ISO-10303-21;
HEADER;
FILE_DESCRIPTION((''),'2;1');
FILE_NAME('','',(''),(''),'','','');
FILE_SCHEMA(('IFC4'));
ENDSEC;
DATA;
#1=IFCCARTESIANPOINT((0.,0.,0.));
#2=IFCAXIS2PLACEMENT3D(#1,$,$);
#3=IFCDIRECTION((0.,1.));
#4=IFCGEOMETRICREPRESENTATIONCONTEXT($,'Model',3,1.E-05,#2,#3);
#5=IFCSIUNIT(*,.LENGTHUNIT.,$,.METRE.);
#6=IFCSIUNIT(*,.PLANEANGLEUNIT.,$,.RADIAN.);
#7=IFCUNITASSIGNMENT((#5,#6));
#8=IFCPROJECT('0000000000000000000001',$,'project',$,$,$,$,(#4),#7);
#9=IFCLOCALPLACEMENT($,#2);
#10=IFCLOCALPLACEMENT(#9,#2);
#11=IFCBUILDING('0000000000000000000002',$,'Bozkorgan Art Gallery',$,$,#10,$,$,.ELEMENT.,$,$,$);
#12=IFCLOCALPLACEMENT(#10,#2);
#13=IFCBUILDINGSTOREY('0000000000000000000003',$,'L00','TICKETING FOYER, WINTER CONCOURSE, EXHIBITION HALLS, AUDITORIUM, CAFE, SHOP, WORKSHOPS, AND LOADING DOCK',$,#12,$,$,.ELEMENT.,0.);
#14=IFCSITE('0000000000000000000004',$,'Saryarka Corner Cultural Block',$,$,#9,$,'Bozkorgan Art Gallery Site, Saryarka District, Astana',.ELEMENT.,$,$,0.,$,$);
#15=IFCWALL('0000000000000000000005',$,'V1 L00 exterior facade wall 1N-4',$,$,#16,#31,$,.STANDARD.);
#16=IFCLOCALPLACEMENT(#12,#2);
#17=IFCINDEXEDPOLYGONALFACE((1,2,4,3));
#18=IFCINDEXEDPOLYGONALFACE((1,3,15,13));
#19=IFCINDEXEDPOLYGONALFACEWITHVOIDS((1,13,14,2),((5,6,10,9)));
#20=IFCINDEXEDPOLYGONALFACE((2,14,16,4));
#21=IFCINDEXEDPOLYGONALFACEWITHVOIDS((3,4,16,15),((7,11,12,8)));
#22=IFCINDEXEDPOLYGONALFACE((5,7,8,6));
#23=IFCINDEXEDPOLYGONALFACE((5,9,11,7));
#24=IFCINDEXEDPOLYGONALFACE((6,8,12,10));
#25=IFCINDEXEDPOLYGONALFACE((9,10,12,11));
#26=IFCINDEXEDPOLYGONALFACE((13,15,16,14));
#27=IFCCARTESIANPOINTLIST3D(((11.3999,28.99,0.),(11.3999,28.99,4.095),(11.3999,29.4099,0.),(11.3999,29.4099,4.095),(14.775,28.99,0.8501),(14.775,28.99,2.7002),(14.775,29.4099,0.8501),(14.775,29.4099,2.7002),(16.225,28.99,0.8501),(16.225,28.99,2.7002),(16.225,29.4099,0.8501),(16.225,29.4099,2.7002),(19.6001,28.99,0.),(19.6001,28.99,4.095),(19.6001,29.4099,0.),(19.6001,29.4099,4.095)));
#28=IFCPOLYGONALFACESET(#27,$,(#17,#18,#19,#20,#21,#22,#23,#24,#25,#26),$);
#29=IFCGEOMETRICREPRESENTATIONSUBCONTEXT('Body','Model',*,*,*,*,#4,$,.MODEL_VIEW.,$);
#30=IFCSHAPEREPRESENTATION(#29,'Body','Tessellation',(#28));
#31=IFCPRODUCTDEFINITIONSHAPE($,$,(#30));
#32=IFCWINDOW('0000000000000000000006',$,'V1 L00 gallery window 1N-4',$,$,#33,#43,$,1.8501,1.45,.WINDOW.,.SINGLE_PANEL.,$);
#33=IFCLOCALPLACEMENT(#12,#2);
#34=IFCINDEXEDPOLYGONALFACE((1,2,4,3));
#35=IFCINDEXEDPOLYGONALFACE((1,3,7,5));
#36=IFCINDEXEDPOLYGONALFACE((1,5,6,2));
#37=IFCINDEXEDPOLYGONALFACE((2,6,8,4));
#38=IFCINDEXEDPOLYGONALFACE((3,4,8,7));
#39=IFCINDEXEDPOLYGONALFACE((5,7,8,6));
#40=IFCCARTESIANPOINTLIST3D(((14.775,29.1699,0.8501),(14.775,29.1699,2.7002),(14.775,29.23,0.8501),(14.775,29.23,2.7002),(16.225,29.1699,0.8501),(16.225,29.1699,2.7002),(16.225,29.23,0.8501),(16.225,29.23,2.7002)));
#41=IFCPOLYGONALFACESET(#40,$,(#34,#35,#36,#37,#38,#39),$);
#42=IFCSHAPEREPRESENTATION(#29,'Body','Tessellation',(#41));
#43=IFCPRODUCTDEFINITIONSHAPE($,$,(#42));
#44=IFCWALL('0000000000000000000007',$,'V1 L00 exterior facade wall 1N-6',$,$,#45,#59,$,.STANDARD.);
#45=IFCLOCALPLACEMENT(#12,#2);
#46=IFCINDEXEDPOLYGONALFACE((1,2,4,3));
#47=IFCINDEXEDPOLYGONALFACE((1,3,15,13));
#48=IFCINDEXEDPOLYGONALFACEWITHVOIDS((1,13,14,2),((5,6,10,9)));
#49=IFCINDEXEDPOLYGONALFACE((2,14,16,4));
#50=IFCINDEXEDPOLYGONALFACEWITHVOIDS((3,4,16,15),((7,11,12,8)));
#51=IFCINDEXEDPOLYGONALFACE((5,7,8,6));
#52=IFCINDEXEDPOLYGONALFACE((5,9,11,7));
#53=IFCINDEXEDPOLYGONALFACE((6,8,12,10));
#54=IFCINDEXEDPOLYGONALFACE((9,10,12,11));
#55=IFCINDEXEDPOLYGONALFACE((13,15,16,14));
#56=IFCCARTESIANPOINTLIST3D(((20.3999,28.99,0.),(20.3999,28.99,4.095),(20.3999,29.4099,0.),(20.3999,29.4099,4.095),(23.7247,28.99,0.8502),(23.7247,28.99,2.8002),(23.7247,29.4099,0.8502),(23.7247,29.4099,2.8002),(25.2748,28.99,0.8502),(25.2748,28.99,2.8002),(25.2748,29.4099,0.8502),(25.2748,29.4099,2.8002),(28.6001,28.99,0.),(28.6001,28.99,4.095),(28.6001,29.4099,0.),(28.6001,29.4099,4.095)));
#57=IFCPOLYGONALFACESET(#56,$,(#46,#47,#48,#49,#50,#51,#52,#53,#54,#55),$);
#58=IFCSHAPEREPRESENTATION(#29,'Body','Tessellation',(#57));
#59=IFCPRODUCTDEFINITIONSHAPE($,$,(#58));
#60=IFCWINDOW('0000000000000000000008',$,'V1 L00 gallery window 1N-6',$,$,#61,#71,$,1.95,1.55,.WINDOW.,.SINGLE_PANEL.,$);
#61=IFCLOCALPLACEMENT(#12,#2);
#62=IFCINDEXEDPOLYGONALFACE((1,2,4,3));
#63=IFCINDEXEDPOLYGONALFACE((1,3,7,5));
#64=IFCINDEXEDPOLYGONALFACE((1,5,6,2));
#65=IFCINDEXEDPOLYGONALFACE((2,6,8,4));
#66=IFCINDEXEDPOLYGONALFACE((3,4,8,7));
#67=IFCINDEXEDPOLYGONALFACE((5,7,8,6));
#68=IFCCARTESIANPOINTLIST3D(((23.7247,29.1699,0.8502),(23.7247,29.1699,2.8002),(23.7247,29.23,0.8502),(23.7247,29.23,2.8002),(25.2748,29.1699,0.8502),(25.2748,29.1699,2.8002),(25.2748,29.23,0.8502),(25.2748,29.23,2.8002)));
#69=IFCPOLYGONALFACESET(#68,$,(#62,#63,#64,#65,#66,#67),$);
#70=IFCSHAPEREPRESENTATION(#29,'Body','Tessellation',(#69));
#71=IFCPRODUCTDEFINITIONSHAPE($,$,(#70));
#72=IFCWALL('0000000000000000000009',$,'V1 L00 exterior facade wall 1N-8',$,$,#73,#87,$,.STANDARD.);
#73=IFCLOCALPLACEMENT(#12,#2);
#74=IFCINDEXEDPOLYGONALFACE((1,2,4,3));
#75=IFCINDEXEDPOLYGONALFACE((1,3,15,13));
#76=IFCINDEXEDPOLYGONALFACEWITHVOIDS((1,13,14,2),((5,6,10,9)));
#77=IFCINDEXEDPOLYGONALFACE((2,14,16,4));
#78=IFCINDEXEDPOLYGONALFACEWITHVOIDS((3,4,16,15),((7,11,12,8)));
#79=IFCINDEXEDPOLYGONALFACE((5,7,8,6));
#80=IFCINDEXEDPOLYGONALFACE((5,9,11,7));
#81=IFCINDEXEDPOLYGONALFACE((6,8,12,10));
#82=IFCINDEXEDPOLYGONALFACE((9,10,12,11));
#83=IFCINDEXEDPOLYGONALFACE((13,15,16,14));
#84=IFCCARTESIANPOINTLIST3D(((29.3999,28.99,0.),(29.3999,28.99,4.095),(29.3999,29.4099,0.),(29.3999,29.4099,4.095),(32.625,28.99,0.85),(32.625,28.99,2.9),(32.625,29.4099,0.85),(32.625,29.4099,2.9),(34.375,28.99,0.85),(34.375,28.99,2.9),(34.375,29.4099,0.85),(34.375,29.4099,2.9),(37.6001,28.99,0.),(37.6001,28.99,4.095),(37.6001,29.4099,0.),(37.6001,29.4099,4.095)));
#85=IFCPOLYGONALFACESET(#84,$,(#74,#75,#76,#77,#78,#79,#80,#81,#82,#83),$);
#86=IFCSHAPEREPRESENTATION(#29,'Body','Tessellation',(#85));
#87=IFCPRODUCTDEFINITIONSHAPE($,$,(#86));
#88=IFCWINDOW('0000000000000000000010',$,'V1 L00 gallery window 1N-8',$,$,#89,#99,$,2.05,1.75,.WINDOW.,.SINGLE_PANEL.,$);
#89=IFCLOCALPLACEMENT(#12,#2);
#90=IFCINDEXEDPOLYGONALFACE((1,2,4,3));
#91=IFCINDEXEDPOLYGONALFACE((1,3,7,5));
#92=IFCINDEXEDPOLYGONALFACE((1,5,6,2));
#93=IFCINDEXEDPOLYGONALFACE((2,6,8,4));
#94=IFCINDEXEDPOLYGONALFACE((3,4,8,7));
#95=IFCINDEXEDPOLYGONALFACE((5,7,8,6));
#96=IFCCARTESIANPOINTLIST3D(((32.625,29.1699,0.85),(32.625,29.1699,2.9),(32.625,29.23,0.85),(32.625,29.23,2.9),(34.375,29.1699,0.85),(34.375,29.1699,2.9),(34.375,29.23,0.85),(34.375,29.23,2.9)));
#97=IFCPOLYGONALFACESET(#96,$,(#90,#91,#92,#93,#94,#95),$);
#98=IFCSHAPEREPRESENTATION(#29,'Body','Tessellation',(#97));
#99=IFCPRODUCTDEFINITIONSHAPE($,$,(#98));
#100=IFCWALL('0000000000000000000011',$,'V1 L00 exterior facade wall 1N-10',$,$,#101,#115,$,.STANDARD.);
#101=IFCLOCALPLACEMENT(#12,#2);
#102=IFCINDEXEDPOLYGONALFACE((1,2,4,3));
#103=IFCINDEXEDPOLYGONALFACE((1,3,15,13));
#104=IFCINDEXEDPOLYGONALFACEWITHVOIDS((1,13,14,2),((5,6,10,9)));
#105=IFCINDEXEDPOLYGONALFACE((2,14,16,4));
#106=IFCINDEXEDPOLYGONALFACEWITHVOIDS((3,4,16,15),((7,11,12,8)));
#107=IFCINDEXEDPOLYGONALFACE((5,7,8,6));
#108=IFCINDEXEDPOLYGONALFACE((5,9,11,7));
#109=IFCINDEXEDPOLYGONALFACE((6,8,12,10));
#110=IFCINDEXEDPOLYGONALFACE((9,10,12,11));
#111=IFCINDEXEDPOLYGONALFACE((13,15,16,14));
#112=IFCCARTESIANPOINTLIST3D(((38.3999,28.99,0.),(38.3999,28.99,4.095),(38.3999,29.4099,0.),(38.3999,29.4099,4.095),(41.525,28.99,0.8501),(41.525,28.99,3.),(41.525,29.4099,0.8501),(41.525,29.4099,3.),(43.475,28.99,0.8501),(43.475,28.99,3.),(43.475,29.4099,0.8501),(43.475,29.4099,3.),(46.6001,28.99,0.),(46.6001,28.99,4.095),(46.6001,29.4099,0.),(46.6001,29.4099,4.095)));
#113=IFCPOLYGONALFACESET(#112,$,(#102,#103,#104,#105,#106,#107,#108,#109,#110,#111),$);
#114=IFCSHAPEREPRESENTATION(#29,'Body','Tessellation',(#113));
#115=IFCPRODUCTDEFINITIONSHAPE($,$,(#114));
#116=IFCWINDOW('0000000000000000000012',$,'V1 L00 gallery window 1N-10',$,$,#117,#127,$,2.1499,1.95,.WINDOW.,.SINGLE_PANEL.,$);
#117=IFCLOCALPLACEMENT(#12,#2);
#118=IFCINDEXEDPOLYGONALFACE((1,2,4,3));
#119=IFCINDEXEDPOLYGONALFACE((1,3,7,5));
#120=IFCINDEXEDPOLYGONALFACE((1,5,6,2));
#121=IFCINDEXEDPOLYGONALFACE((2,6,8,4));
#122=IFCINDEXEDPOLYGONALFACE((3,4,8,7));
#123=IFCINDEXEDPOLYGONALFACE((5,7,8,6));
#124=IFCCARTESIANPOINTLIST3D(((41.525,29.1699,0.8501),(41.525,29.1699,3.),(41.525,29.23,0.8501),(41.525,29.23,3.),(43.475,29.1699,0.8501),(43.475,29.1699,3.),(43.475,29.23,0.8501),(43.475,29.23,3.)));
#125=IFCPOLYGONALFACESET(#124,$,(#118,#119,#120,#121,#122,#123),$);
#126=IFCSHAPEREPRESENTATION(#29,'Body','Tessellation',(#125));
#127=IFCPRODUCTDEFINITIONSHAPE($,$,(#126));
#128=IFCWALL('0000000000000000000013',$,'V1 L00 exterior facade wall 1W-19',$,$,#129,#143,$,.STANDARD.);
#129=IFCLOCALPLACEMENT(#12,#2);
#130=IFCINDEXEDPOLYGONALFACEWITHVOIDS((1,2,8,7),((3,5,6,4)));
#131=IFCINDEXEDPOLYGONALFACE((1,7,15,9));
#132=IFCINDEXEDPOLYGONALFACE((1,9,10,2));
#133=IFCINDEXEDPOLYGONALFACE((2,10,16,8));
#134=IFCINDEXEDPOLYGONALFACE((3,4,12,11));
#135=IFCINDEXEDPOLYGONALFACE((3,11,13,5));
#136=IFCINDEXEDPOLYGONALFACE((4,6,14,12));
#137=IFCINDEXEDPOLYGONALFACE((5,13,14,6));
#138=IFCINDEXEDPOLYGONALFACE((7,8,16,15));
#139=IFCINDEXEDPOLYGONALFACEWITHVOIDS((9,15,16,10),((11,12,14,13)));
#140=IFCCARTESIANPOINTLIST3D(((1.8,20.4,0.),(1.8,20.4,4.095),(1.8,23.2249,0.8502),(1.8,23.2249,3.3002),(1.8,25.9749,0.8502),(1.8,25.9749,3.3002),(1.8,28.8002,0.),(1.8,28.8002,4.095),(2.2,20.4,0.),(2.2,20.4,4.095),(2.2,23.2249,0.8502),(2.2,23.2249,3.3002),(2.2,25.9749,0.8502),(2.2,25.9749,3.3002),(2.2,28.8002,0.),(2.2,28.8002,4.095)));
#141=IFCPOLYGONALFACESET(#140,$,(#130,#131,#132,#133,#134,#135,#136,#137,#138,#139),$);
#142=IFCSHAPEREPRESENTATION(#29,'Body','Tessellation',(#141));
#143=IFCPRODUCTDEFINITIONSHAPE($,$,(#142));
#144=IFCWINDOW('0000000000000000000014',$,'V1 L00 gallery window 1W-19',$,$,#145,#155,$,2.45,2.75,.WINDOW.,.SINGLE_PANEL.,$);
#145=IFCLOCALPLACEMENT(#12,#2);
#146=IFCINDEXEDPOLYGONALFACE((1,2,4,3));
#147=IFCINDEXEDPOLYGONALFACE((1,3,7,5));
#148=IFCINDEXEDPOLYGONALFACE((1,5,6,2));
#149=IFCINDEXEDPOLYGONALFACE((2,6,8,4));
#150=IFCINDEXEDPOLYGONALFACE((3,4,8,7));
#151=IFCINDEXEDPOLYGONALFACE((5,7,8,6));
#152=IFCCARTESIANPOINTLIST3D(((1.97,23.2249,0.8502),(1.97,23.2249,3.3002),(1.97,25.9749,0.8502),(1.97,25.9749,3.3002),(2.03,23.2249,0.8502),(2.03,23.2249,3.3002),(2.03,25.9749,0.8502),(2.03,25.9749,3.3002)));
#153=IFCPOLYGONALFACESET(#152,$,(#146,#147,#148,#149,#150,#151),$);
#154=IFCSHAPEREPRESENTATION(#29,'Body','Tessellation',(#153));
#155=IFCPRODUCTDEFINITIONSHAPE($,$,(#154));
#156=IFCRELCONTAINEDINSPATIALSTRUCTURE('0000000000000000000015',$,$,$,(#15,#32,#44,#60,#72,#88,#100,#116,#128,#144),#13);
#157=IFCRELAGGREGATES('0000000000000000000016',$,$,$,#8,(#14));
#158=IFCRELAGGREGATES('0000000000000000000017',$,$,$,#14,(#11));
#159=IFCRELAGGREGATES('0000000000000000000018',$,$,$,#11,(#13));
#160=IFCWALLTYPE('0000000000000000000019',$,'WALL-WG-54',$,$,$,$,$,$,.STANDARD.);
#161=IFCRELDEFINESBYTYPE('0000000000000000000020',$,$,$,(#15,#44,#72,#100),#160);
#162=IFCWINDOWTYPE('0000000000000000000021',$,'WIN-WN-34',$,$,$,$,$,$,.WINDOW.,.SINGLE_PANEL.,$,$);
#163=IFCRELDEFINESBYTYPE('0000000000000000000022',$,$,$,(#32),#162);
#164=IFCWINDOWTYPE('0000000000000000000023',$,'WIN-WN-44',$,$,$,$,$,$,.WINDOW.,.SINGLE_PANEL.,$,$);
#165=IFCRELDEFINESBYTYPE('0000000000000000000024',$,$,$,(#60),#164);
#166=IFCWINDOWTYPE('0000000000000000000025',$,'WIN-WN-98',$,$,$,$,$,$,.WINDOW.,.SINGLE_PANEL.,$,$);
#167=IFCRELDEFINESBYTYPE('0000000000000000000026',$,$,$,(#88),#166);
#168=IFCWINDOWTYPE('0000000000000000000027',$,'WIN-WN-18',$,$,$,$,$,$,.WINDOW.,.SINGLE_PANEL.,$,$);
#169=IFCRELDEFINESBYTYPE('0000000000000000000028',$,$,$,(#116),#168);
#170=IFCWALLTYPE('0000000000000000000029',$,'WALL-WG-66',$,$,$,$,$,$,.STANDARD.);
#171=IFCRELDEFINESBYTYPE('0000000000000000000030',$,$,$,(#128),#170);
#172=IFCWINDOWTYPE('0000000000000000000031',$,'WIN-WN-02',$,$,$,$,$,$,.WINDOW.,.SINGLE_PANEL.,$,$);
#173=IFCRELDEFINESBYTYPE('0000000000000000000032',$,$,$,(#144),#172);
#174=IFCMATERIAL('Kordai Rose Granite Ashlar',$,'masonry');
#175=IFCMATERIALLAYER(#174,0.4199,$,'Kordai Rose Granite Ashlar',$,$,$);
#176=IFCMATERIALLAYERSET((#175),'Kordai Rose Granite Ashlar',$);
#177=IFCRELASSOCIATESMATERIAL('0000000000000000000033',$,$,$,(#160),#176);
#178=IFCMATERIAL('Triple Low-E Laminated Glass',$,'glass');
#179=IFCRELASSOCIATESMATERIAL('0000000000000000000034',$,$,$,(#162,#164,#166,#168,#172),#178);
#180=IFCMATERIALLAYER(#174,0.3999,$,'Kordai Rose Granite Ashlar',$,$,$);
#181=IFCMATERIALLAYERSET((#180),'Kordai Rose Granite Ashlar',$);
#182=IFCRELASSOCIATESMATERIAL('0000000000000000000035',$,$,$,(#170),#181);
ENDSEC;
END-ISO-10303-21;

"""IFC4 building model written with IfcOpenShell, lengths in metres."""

from ifc_helpers import new_model, si_unit, direction, frame, frame_2d, origin, place, context, subcontext, project, spatial, rectangle, extrude, material, layer, layer_set, type_object, element, fill, save


model = new_model("IFC4")

# Units and contexts
model_context = context("Model", 3, precision=1e-05, world=origin(), true_north=direction((0.0, 1.0)))
body_context = subcontext(model_context, "Body", "Model", "MODEL_VIEW")
ifc_project = project(units=[si_unit("LENGTHUNIT", "METRE"), si_unit("PLANEANGLEUNIT", "RADIAN")], contexts=[model_context])

# Site, building, storey
site_placement = place(None, origin())
site = spatial("IfcSite", under=ifc_project, at=site_placement, Name="Saryarka Corner Cultural Block", LongName="Bozkorgan Art Gallery Site, Saryarka District, Astana", CompositionType="ELEMENT", RefElevation=0.0)
building_placement = place(site_placement, origin())
building = spatial("IfcBuilding", under=site, at=building_placement, Name="Bozkorgan Art Gallery", CompositionType="ELEMENT")
storey_placement = place(building_placement, origin())
storey = spatial("IfcBuildingStorey", under=building, at=storey_placement, Name="L00", Description="TICKETING FOYER, WINTER CONCOURSE, EXHIBITION HALLS, AUDITORIUM, CAFE, SHOP, WORKSHOPS, AND LOADING DOCK", CompositionType="ELEMENT", Elevation=0.0)

# Walls, openings, windows
ifc_material_1 = material(Name="Kordai Rose Granite Ashlar", Category="masonry")
ifc_layer_1 = layer(ifc_material_1, 0.4199, Name="Kordai Rose Granite Ashlar")
ifc_layer_set_1 = layer_set([ifc_layer_1], Name="Kordai Rose Granite Ashlar")
wall_type_1 = type_object("IfcWallType", Name="WALL-WG-54", PredefinedType="STANDARD", material=ifc_layer_set_1)
ifc_material_2 = material(Name="Triple Low-E Laminated Glass", Category="glass")
wall_1_placement = place(storey_placement, frame((11.3999, 29.2, 0.0), z_axis=(0.0, 0.0, 1.0), x_axis=(1.0, 0.0, 0.0)))
wall_1 = element("IfcWall", 1, at=wall_1_placement, inside=storey, type_object=wall_type_1, Name="V1 L00 exterior facade wall 1N-4", PredefinedType="STANDARD", context=body_context, shape_type="SweptSolid", body=[
    extrude(rectangle(XDim=8.2002, YDim=0.4199, at=frame_2d((4.1001, 0.0))), origin(), (0.0, 0.0, 1.0), 4.095),
])
opening_1_placement = place(wall_1_placement, frame((3.375, 0.0, 0.8501)))
opening_1 = element("IfcOpeningElement", 2, at=opening_1_placement, cuts=wall_1, PredefinedType="OPENING", context=body_context, shape_type="SweptSolid", body=[
    extrude(rectangle(XDim=1.45, YDim=1.8501, at=frame_2d((0.7251, 0.925))), frame((0.0, 0.22, 0.0), z_axis=(0.0, -1.0, 0.0), x_axis=(1.0, 0.0, 0.0)), (0.0, 0.0, 1.0), 0.4399),
])
window_type_1 = type_object("IfcWindowType", Name="WIN-WN-34", PartitioningType="SINGLE_PANEL", PredefinedType="WINDOW", material=ifc_material_2)
window_1_placement = place(opening_1_placement, origin())
window_1 = element("IfcWindow", 3, at=window_1_placement, inside=storey, type_object=window_type_1, Name="V1 L00 gallery window 1N-4", OverallHeight=1.8501, OverallWidth=1.45, PartitioningType="SINGLE_PANEL", PredefinedType="WINDOW", context=body_context, shape_type="SweptSolid", body=[
    extrude(rectangle(XDim=1.45, YDim=1.8501, at=frame_2d((0.7251, 0.925))), frame((0.0, 0.03, 0.0), z_axis=(0.0, -1.0, 0.0), x_axis=(1.0, 0.0, 0.0)), (0.0, 0.0, 1.0), 0.0601),
])
fill(opening_1, window_1)
wall_2_placement = place(storey_placement, frame((20.3999, 29.2, 0.0), z_axis=(0.0, 0.0, 1.0), x_axis=(1.0, 0.0, 0.0)))
wall_2 = element("IfcWall", 4, at=wall_2_placement, inside=storey, type_object=wall_type_1, Name="V1 L00 exterior facade wall 1N-6", PredefinedType="STANDARD", context=body_context, shape_type="SweptSolid", body=[
    extrude(rectangle(XDim=8.2002, YDim=0.4199, at=frame_2d((4.1001, 0.0))), origin(), (0.0, 0.0, 1.0), 4.095),
])
opening_2_placement = place(wall_2_placement, frame((3.325, 0.0, 0.8501)))
opening_2 = element("IfcOpeningElement", 5, at=opening_2_placement, cuts=wall_2, PredefinedType="OPENING", context=body_context, shape_type="SweptSolid", body=[
    extrude(rectangle(XDim=1.55, YDim=1.95, at=frame_2d((0.7749, 0.9751))), frame((0.0, 0.22, 0.0), z_axis=(0.0, -1.0, 0.0), x_axis=(1.0, 0.0, 0.0)), (0.0, 0.0, 1.0), 0.4399),
])
window_type_2 = type_object("IfcWindowType", Name="WIN-WN-44", PartitioningType="SINGLE_PANEL", PredefinedType="WINDOW", material=ifc_material_2)
window_2_placement = place(opening_2_placement, origin())
window_2 = element("IfcWindow", 6, at=window_2_placement, inside=storey, type_object=window_type_2, Name="V1 L00 gallery window 1N-6", OverallHeight=1.95, OverallWidth=1.55, PartitioningType="SINGLE_PANEL", PredefinedType="WINDOW", context=body_context, shape_type="SweptSolid", body=[
    extrude(rectangle(XDim=1.55, YDim=1.95, at=frame_2d((0.7749, 0.9751))), frame((0.0, 0.03, 0.0), z_axis=(0.0, -1.0, 0.0), x_axis=(1.0, 0.0, 0.0)), (0.0, 0.0, 1.0), 0.0601),
])
fill(opening_2, window_2)
wall_3_placement = place(storey_placement, frame((29.3999, 29.2, 0.0), z_axis=(0.0, 0.0, 1.0), x_axis=(1.0, 0.0, 0.0)))
wall_3 = element("IfcWall", 7, at=wall_3_placement, inside=storey, type_object=wall_type_1, Name="V1 L00 exterior facade wall 1N-8", PredefinedType="STANDARD", context=body_context, shape_type="SweptSolid", body=[
    extrude(rectangle(XDim=8.2002, YDim=0.4199, at=frame_2d((4.1001, 0.0))), origin(), (0.0, 0.0, 1.0), 4.095),
])
opening_3_placement = place(wall_3_placement, frame((3.2251, 0.0, 0.8501)))
opening_3 = element("IfcOpeningElement", 8, at=opening_3_placement, cuts=wall_3, PredefinedType="OPENING", context=body_context, shape_type="SweptSolid", body=[
    extrude(rectangle(XDim=1.75, YDim=2.05, at=frame_2d((0.875, 1.0249))), frame((0.0, 0.22, 0.0), z_axis=(0.0, -1.0, 0.0), x_axis=(1.0, 0.0, 0.0)), (0.0, 0.0, 1.0), 0.4399),
])
window_type_3 = type_object("IfcWindowType", Name="WIN-WN-98", PartitioningType="SINGLE_PANEL", PredefinedType="WINDOW", material=ifc_material_2)
window_3_placement = place(opening_3_placement, origin())
window_3 = element("IfcWindow", 9, at=window_3_placement, inside=storey, type_object=window_type_3, Name="V1 L00 gallery window 1N-8", OverallHeight=2.05, OverallWidth=1.75, PartitioningType="SINGLE_PANEL", PredefinedType="WINDOW", context=body_context, shape_type="SweptSolid", body=[
    extrude(rectangle(XDim=1.75, YDim=2.05, at=frame_2d((0.875, 1.0249))), frame((0.0, 0.03, 0.0), z_axis=(0.0, -1.0, 0.0), x_axis=(1.0, 0.0, 0.0)), (0.0, 0.0, 1.0), 0.0601),
])
fill(opening_3, window_3)
wall_4_placement = place(storey_placement, frame((38.3999, 29.2, 0.0), z_axis=(0.0, 0.0, 1.0), x_axis=(1.0, 0.0, 0.0)))
wall_4 = element("IfcWall", 10, at=wall_4_placement, inside=storey, type_object=wall_type_1, Name="V1 L00 exterior facade wall 1N-10", PredefinedType="STANDARD", context=body_context, shape_type="SweptSolid", body=[
    extrude(rectangle(XDim=8.2002, YDim=0.4199, at=frame_2d((4.1001, 0.0))), origin(), (0.0, 0.0, 1.0), 4.095),
])
opening_4_placement = place(wall_4_placement, frame((3.125, 0.0, 0.8501)))
opening_4 = element("IfcOpeningElement", 11, at=opening_4_placement, cuts=wall_4, PredefinedType="OPENING", context=body_context, shape_type="SweptSolid", body=[
    extrude(rectangle(XDim=1.95, YDim=2.1499, at=frame_2d((0.9751, 1.075))), frame((0.0, 0.22, 0.0), z_axis=(0.0, -1.0, 0.0), x_axis=(1.0, 0.0, 0.0)), (0.0, 0.0, 1.0), 0.4399),
])
window_type_4 = type_object("IfcWindowType", Name="WIN-WN-18", PartitioningType="SINGLE_PANEL", PredefinedType="WINDOW", material=ifc_material_2)
window_4_placement = place(opening_4_placement, origin())
window_4 = element("IfcWindow", 12, at=window_4_placement, inside=storey, type_object=window_type_4, Name="V1 L00 gallery window 1N-10", OverallHeight=2.1499, OverallWidth=1.95, PartitioningType="SINGLE_PANEL", PredefinedType="WINDOW", context=body_context, shape_type="SweptSolid", body=[
    extrude(rectangle(XDim=1.95, YDim=2.1499, at=frame_2d((0.9751, 1.075))), frame((0.0, 0.03, 0.0), z_axis=(0.0, -1.0, 0.0), x_axis=(1.0, 0.0, 0.0)), (0.0, 0.0, 1.0), 0.0601),
])
fill(opening_4, window_4)
ifc_layer_2 = layer(ifc_material_1, 0.3999, Name="Kordai Rose Granite Ashlar")
ifc_layer_set_2 = layer_set([ifc_layer_2], Name="Kordai Rose Granite Ashlar")
wall_type_2 = type_object("IfcWallType", Name="WALL-WG-66", PredefinedType="STANDARD", material=ifc_layer_set_2)
wall_5_placement = place(storey_placement, frame((2.0, 20.3999, 0.0), z_axis=(0.0, 0.0, 1.0), x_axis=(0.0, 1.0, 0.0)))
wall_5 = element("IfcWall", 13, at=wall_5_placement, inside=storey, type_object=wall_type_2, Name="V1 L00 exterior facade wall 1W-19", PredefinedType="STANDARD", context=body_context, shape_type="SweptSolid", body=[
    extrude(rectangle(XDim=8.4001, YDim=0.3999, at=frame_2d((4.2002, 0.0))), origin(), (0.0, 0.0, 1.0), 4.095),
])
opening_5_placement = place(wall_5_placement, frame((2.825, 0.0, 0.8501)))
opening_5 = element("IfcOpeningElement", 14, at=opening_5_placement, cuts=wall_5, PredefinedType="OPENING", context=body_context, shape_type="SweptSolid", body=[
    extrude(rectangle(XDim=2.75, YDim=2.45, at=frame_2d((1.375, 1.2251))), frame((0.0, 0.21, 0.0), z_axis=(0.0, -1.0, 0.0), x_axis=(1.0, 0.0, 0.0)), (0.0, 0.0, 1.0), 0.4199),
])
window_type_5 = type_object("IfcWindowType", Name="WIN-WN-02", PartitioningType="SINGLE_PANEL", PredefinedType="WINDOW", material=ifc_material_2)
window_5_placement = place(opening_5_placement, origin())
window_5 = element("IfcWindow", 15, at=window_5_placement, inside=storey, type_object=window_type_5, Name="V1 L00 gallery window 1W-19", OverallHeight=2.45, OverallWidth=2.75, PartitioningType="SINGLE_PANEL", PredefinedType="WINDOW", context=body_context, shape_type="SweptSolid", body=[
    extrude(rectangle(XDim=2.75, YDim=2.45, at=frame_2d((1.375, 1.2251))), frame((0.0, 0.03, 0.0), z_axis=(0.0, -1.0, 0.0), x_axis=(1.0, 0.0, 0.0)), (0.0, 0.0, 1.0), 0.0601),
])
fill(opening_5, window_5)

save(model, "model.ifc")
